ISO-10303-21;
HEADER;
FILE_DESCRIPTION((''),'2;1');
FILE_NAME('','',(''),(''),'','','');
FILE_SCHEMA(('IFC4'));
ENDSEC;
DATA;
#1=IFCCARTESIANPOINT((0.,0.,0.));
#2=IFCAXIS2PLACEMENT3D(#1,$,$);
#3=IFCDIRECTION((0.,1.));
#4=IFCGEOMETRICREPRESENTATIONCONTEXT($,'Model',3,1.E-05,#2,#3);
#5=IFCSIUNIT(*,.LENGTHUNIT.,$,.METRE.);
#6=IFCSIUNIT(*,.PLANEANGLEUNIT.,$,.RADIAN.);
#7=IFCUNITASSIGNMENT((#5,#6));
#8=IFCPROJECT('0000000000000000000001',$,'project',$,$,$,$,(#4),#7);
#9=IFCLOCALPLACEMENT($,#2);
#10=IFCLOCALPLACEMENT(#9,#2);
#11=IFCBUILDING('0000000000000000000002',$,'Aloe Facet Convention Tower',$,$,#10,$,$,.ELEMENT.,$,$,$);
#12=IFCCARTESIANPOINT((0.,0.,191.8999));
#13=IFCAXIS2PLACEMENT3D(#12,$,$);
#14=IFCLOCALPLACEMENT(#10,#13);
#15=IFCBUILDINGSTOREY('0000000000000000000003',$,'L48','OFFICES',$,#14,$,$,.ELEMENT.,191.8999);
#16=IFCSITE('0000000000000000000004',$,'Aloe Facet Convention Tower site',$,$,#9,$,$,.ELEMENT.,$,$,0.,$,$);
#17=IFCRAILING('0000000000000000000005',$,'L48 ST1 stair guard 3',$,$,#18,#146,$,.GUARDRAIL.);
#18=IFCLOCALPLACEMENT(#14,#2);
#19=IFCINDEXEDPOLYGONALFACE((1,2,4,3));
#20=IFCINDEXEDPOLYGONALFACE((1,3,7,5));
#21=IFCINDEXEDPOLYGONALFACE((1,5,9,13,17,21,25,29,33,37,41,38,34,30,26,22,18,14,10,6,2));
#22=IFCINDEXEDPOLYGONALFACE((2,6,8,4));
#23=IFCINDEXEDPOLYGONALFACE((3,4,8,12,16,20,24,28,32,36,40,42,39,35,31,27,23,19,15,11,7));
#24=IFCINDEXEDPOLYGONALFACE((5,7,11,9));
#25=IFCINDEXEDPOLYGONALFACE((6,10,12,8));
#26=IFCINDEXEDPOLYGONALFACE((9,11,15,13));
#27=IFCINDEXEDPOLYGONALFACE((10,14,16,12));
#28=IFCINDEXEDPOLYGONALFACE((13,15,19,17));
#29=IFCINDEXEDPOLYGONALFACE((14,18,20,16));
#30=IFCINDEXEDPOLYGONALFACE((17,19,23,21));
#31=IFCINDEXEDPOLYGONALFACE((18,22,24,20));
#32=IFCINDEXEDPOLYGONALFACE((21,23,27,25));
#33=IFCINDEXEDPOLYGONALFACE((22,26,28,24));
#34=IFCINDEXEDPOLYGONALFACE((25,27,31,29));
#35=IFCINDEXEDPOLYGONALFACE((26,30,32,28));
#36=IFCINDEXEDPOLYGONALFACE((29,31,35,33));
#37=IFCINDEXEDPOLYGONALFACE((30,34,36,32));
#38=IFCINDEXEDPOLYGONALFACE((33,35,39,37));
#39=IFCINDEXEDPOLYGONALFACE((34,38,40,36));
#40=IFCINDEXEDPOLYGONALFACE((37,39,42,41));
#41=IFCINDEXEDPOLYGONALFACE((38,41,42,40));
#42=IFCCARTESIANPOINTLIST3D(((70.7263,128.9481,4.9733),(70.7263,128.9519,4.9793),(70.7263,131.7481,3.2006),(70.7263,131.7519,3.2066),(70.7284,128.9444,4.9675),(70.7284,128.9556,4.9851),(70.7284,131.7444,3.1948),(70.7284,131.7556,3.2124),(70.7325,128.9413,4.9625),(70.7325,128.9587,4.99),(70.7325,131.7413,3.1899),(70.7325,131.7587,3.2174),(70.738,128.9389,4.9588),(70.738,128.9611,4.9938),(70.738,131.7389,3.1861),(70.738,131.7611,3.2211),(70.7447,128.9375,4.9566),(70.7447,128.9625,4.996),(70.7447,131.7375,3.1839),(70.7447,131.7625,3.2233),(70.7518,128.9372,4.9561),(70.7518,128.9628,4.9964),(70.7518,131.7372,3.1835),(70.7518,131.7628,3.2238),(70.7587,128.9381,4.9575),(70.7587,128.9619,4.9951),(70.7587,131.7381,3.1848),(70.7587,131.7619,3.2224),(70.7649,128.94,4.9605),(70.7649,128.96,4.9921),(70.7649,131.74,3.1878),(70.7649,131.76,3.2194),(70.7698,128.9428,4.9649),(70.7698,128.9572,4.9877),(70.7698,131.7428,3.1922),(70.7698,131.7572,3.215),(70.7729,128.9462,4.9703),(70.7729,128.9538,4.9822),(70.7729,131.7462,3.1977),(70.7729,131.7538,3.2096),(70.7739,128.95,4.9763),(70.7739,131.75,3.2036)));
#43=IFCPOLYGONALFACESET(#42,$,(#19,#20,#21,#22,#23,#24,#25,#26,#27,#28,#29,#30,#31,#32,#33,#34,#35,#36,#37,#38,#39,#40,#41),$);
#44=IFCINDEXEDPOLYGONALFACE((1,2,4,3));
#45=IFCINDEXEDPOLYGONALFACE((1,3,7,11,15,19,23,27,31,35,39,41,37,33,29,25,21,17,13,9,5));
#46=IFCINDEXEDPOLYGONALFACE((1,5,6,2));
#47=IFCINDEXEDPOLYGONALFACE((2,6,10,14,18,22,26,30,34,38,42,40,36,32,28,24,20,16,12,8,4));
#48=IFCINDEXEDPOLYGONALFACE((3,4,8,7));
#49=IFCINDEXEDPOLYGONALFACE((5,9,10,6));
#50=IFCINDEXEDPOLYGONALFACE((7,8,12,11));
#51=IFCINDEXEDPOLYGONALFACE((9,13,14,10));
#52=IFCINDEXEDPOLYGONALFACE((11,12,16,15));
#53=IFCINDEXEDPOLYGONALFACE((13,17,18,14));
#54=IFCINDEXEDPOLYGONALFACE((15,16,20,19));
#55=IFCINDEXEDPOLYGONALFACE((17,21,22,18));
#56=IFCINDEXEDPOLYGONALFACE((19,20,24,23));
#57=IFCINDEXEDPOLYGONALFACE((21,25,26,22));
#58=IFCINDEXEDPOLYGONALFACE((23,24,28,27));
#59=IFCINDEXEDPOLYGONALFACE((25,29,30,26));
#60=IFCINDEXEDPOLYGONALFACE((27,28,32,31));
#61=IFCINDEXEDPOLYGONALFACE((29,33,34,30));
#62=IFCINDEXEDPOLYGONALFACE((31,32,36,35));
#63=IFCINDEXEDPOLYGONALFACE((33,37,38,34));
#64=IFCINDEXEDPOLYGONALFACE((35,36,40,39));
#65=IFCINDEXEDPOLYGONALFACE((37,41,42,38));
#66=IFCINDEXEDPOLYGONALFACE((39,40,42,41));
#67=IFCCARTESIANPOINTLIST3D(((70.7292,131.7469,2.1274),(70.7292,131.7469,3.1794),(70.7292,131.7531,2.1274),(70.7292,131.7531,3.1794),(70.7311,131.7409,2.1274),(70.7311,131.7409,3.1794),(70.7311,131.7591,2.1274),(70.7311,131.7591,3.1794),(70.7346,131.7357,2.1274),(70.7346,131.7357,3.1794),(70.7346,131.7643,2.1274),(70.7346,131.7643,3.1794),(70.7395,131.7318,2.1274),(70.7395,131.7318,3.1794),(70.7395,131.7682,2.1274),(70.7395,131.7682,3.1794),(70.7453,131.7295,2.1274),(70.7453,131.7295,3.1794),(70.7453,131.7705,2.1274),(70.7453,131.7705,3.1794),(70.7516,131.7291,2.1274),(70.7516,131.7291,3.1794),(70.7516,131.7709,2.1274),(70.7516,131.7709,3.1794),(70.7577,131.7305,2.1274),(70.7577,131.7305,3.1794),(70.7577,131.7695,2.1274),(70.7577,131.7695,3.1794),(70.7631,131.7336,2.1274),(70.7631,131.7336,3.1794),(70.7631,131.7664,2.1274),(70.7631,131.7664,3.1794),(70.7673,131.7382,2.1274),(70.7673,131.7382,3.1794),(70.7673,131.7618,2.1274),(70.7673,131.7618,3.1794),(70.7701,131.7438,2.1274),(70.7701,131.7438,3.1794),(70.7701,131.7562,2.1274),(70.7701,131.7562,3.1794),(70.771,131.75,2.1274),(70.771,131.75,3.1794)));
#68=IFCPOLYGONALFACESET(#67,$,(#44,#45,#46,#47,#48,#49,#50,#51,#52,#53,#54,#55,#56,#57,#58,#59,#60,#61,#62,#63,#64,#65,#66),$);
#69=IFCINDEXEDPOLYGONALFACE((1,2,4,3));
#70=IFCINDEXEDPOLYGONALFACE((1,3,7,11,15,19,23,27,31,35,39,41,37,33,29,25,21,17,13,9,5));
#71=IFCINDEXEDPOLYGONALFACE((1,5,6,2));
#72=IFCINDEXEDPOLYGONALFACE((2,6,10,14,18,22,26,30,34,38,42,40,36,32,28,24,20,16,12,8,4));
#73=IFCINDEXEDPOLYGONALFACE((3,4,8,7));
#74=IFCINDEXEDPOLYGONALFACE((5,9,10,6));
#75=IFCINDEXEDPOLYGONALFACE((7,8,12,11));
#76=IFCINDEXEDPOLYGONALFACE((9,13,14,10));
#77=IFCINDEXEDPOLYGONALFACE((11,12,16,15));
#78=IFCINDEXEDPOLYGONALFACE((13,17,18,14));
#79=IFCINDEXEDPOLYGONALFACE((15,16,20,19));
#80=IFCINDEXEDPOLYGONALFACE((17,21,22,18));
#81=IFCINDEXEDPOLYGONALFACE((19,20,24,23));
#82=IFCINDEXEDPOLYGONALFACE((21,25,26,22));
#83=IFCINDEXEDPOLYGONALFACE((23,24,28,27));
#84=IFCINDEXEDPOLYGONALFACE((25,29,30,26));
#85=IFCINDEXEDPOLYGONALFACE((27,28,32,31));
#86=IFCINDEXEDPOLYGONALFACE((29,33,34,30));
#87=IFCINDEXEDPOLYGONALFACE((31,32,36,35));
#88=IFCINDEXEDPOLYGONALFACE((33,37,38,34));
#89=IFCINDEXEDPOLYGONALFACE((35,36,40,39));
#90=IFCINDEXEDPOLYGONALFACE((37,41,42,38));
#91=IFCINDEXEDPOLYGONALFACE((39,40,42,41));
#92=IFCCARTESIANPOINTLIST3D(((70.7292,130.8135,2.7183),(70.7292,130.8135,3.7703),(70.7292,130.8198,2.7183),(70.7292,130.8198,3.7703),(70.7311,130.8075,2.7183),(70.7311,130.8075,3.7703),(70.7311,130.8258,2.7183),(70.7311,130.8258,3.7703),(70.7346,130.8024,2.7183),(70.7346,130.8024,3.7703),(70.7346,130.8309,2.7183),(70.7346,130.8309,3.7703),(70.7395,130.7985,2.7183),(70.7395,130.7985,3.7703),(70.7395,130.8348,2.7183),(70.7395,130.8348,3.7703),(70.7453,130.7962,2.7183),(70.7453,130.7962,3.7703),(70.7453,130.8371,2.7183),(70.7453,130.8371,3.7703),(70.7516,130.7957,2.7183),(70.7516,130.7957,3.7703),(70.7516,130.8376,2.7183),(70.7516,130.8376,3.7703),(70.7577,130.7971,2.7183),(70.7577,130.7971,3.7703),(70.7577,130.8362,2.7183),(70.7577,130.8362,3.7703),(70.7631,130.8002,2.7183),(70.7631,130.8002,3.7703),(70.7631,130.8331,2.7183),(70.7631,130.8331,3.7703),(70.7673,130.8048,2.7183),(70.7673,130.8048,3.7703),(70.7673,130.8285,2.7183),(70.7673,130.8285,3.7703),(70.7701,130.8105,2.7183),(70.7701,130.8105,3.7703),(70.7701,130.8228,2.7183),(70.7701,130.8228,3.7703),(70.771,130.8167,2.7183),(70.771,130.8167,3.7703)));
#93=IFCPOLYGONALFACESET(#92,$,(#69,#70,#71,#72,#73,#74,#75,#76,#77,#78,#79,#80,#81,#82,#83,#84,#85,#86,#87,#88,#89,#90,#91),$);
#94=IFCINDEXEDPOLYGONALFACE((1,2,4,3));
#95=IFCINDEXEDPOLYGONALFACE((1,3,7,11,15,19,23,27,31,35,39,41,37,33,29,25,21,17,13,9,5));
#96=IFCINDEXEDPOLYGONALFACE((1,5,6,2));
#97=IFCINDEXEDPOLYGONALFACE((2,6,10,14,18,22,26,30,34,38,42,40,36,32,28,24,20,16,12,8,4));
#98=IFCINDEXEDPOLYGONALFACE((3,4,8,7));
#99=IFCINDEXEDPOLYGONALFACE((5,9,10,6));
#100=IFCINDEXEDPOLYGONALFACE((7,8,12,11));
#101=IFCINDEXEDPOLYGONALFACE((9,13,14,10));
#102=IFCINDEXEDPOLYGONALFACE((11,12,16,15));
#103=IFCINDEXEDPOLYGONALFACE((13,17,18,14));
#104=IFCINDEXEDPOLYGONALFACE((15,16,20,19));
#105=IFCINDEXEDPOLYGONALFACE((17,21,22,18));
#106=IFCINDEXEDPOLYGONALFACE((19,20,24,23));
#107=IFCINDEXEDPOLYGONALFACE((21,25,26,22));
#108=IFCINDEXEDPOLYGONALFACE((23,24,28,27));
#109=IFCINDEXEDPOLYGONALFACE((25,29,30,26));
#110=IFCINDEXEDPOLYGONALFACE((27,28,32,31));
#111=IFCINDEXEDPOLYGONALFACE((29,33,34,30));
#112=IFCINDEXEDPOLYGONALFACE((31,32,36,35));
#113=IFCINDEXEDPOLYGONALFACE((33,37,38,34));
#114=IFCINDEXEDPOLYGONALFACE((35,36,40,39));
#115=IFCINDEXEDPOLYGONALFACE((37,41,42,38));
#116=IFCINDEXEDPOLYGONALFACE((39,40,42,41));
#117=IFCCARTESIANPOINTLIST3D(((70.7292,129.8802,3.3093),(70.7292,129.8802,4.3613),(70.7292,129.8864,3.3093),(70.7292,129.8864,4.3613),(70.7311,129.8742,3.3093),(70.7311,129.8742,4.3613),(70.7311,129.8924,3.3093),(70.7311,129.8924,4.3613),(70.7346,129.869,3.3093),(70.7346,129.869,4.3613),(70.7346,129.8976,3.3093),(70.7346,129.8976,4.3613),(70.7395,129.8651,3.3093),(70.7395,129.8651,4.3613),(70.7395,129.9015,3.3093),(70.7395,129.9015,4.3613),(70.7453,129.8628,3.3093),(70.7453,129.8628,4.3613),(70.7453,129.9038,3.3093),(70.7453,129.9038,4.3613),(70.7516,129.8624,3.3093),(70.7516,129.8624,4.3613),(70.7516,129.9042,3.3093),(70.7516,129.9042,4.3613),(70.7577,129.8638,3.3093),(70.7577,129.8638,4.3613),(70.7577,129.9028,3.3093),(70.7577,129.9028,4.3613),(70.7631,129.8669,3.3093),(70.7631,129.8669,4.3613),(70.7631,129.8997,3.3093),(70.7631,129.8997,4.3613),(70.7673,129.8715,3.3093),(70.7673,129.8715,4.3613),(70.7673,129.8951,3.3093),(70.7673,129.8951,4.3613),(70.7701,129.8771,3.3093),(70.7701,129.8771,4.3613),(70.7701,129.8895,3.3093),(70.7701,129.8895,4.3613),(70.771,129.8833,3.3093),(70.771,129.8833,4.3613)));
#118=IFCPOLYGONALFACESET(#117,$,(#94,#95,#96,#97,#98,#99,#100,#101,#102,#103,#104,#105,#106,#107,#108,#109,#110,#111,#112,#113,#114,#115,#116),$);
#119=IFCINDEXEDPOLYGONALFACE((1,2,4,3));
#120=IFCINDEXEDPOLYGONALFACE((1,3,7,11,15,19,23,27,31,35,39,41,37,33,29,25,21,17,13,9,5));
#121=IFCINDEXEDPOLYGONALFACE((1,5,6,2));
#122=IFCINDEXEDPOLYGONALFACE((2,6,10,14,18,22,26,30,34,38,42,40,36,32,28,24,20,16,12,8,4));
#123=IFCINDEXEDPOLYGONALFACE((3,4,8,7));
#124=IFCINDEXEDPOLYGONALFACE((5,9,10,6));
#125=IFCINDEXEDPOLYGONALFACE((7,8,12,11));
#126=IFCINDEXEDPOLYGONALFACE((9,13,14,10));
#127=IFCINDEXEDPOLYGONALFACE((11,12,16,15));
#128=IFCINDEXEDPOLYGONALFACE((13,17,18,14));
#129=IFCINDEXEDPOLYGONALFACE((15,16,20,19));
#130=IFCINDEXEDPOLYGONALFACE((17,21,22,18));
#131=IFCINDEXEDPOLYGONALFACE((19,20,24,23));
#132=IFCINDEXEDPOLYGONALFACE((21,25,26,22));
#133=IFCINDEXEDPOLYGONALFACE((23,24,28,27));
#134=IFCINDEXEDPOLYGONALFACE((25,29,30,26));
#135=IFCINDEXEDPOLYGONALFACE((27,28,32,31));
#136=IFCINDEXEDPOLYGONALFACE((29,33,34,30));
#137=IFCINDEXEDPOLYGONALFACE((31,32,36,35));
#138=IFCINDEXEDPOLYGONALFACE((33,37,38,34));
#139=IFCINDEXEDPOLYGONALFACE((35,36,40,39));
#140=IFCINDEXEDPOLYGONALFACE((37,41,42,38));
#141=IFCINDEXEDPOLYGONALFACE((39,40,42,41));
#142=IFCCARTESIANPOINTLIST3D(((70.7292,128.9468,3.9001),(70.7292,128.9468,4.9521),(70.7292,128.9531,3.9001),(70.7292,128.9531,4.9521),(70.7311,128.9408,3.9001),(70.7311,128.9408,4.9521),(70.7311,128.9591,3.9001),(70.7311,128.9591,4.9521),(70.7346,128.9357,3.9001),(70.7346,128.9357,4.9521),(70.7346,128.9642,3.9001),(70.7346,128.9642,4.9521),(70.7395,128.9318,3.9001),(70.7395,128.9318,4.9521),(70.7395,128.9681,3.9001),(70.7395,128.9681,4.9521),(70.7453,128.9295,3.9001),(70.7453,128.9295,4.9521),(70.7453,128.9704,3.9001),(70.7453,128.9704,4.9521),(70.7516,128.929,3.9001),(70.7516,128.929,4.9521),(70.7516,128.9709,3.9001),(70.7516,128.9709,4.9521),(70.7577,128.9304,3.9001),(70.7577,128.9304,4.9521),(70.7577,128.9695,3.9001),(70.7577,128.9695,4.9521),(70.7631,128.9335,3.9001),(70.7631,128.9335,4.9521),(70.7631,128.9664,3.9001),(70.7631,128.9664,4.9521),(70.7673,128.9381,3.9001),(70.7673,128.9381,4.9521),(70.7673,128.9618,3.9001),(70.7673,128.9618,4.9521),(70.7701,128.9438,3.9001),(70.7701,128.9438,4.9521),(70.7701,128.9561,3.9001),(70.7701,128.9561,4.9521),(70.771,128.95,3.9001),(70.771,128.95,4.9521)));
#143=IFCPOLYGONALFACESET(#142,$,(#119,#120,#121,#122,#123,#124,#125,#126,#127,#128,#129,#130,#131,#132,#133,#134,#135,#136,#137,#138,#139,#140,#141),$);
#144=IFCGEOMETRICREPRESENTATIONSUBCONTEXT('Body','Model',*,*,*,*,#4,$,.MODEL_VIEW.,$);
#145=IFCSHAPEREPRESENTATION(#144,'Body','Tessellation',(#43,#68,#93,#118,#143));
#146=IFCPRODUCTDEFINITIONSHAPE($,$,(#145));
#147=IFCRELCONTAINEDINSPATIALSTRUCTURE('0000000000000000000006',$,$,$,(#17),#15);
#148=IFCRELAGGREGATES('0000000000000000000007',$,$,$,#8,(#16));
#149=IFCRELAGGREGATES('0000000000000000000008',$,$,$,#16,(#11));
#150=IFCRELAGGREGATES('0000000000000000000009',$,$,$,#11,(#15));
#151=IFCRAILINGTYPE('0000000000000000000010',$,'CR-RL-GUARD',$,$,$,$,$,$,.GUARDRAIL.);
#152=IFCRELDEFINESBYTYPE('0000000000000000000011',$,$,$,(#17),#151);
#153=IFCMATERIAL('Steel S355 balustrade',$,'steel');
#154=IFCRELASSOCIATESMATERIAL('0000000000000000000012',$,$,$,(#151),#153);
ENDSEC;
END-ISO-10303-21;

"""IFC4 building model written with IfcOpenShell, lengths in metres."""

from ifc_helpers import new_model, si_unit, direction, frame, origin, origin_2d, place, context, subcontext, project, spatial, circle, extrude, material, type_object, element, save


model = new_model("IFC4")

# Units and contexts
model_context = context("Model", 3, precision=1e-05, world=origin(), true_north=direction((0.0, 1.0)))
body_context = subcontext(model_context, "Body", "Model", "MODEL_VIEW")
ifc_project = project(units=[si_unit("LENGTHUNIT", "METRE"), si_unit("PLANEANGLEUNIT", "RADIAN")], contexts=[model_context])

# Site, building, storey
site_placement = place(None, origin())
site = spatial("IfcSite", under=ifc_project, at=site_placement, Name="Aloe Facet Convention Tower site", CompositionType="ELEMENT", RefElevation=0.0)
building_placement = place(site_placement, origin())
building = spatial("IfcBuilding", under=site, at=building_placement, Name="Aloe Facet Convention Tower", CompositionType="ELEMENT")
storey_placement = place(building_placement, frame((0.0, 0.0, 191.8999)))
storey = spatial("IfcBuildingStorey", under=building, at=storey_placement, Name="L48", Description="OFFICES", CompositionType="ELEMENT", Elevation=191.8999)

# Railing
ifc_material_1 = material(Name="Steel S355 balustrade", Category="steel")
railing_type_1 = type_object("IfcRailingType", Name="CR-RL-GUARD", PredefinedType="GUARDRAIL", material=ifc_material_1)
railing_1_placement = place(storey_placement, frame((70.75, 131.75, 2.1274)))
element("IfcRailing", 1, at=railing_1_placement, inside=storey, type_object=railing_type_1, Name="L48 ST1 stair guard 3", PredefinedType="GUARDRAIL", context=body_context, shape_type="SweptSolid", body=[
    extrude(circle(Radius=0.0239, at=origin_2d()), frame((0.0, 0.0, 1.0762), z_axis=(0.0, -0.844909, 0.53491), x_axis=(1.0, 0.0, 0.0)), (0.0, 0.0, 1.0), 3.314),
    extrude(circle(Radius=0.021, at=origin_2d()), origin(), (0.0, 0.0, 1.0), 1.052),
    extrude(circle(Radius=0.021, at=origin_2d()), frame((0.0, -0.9333, 0.5908)), (0.0, 0.0, 1.0), 1.052),
    extrude(circle(Radius=0.021, at=origin_2d()), frame((0.0, -1.8667, 1.1819)), (0.0, 0.0, 1.0), 1.052),
    extrude(circle(Radius=0.021, at=origin_2d()), frame((0.0, -2.8, 1.7727)), (0.0, 0.0, 1.0), 1.052),
])

save(model, "model.ifc")
